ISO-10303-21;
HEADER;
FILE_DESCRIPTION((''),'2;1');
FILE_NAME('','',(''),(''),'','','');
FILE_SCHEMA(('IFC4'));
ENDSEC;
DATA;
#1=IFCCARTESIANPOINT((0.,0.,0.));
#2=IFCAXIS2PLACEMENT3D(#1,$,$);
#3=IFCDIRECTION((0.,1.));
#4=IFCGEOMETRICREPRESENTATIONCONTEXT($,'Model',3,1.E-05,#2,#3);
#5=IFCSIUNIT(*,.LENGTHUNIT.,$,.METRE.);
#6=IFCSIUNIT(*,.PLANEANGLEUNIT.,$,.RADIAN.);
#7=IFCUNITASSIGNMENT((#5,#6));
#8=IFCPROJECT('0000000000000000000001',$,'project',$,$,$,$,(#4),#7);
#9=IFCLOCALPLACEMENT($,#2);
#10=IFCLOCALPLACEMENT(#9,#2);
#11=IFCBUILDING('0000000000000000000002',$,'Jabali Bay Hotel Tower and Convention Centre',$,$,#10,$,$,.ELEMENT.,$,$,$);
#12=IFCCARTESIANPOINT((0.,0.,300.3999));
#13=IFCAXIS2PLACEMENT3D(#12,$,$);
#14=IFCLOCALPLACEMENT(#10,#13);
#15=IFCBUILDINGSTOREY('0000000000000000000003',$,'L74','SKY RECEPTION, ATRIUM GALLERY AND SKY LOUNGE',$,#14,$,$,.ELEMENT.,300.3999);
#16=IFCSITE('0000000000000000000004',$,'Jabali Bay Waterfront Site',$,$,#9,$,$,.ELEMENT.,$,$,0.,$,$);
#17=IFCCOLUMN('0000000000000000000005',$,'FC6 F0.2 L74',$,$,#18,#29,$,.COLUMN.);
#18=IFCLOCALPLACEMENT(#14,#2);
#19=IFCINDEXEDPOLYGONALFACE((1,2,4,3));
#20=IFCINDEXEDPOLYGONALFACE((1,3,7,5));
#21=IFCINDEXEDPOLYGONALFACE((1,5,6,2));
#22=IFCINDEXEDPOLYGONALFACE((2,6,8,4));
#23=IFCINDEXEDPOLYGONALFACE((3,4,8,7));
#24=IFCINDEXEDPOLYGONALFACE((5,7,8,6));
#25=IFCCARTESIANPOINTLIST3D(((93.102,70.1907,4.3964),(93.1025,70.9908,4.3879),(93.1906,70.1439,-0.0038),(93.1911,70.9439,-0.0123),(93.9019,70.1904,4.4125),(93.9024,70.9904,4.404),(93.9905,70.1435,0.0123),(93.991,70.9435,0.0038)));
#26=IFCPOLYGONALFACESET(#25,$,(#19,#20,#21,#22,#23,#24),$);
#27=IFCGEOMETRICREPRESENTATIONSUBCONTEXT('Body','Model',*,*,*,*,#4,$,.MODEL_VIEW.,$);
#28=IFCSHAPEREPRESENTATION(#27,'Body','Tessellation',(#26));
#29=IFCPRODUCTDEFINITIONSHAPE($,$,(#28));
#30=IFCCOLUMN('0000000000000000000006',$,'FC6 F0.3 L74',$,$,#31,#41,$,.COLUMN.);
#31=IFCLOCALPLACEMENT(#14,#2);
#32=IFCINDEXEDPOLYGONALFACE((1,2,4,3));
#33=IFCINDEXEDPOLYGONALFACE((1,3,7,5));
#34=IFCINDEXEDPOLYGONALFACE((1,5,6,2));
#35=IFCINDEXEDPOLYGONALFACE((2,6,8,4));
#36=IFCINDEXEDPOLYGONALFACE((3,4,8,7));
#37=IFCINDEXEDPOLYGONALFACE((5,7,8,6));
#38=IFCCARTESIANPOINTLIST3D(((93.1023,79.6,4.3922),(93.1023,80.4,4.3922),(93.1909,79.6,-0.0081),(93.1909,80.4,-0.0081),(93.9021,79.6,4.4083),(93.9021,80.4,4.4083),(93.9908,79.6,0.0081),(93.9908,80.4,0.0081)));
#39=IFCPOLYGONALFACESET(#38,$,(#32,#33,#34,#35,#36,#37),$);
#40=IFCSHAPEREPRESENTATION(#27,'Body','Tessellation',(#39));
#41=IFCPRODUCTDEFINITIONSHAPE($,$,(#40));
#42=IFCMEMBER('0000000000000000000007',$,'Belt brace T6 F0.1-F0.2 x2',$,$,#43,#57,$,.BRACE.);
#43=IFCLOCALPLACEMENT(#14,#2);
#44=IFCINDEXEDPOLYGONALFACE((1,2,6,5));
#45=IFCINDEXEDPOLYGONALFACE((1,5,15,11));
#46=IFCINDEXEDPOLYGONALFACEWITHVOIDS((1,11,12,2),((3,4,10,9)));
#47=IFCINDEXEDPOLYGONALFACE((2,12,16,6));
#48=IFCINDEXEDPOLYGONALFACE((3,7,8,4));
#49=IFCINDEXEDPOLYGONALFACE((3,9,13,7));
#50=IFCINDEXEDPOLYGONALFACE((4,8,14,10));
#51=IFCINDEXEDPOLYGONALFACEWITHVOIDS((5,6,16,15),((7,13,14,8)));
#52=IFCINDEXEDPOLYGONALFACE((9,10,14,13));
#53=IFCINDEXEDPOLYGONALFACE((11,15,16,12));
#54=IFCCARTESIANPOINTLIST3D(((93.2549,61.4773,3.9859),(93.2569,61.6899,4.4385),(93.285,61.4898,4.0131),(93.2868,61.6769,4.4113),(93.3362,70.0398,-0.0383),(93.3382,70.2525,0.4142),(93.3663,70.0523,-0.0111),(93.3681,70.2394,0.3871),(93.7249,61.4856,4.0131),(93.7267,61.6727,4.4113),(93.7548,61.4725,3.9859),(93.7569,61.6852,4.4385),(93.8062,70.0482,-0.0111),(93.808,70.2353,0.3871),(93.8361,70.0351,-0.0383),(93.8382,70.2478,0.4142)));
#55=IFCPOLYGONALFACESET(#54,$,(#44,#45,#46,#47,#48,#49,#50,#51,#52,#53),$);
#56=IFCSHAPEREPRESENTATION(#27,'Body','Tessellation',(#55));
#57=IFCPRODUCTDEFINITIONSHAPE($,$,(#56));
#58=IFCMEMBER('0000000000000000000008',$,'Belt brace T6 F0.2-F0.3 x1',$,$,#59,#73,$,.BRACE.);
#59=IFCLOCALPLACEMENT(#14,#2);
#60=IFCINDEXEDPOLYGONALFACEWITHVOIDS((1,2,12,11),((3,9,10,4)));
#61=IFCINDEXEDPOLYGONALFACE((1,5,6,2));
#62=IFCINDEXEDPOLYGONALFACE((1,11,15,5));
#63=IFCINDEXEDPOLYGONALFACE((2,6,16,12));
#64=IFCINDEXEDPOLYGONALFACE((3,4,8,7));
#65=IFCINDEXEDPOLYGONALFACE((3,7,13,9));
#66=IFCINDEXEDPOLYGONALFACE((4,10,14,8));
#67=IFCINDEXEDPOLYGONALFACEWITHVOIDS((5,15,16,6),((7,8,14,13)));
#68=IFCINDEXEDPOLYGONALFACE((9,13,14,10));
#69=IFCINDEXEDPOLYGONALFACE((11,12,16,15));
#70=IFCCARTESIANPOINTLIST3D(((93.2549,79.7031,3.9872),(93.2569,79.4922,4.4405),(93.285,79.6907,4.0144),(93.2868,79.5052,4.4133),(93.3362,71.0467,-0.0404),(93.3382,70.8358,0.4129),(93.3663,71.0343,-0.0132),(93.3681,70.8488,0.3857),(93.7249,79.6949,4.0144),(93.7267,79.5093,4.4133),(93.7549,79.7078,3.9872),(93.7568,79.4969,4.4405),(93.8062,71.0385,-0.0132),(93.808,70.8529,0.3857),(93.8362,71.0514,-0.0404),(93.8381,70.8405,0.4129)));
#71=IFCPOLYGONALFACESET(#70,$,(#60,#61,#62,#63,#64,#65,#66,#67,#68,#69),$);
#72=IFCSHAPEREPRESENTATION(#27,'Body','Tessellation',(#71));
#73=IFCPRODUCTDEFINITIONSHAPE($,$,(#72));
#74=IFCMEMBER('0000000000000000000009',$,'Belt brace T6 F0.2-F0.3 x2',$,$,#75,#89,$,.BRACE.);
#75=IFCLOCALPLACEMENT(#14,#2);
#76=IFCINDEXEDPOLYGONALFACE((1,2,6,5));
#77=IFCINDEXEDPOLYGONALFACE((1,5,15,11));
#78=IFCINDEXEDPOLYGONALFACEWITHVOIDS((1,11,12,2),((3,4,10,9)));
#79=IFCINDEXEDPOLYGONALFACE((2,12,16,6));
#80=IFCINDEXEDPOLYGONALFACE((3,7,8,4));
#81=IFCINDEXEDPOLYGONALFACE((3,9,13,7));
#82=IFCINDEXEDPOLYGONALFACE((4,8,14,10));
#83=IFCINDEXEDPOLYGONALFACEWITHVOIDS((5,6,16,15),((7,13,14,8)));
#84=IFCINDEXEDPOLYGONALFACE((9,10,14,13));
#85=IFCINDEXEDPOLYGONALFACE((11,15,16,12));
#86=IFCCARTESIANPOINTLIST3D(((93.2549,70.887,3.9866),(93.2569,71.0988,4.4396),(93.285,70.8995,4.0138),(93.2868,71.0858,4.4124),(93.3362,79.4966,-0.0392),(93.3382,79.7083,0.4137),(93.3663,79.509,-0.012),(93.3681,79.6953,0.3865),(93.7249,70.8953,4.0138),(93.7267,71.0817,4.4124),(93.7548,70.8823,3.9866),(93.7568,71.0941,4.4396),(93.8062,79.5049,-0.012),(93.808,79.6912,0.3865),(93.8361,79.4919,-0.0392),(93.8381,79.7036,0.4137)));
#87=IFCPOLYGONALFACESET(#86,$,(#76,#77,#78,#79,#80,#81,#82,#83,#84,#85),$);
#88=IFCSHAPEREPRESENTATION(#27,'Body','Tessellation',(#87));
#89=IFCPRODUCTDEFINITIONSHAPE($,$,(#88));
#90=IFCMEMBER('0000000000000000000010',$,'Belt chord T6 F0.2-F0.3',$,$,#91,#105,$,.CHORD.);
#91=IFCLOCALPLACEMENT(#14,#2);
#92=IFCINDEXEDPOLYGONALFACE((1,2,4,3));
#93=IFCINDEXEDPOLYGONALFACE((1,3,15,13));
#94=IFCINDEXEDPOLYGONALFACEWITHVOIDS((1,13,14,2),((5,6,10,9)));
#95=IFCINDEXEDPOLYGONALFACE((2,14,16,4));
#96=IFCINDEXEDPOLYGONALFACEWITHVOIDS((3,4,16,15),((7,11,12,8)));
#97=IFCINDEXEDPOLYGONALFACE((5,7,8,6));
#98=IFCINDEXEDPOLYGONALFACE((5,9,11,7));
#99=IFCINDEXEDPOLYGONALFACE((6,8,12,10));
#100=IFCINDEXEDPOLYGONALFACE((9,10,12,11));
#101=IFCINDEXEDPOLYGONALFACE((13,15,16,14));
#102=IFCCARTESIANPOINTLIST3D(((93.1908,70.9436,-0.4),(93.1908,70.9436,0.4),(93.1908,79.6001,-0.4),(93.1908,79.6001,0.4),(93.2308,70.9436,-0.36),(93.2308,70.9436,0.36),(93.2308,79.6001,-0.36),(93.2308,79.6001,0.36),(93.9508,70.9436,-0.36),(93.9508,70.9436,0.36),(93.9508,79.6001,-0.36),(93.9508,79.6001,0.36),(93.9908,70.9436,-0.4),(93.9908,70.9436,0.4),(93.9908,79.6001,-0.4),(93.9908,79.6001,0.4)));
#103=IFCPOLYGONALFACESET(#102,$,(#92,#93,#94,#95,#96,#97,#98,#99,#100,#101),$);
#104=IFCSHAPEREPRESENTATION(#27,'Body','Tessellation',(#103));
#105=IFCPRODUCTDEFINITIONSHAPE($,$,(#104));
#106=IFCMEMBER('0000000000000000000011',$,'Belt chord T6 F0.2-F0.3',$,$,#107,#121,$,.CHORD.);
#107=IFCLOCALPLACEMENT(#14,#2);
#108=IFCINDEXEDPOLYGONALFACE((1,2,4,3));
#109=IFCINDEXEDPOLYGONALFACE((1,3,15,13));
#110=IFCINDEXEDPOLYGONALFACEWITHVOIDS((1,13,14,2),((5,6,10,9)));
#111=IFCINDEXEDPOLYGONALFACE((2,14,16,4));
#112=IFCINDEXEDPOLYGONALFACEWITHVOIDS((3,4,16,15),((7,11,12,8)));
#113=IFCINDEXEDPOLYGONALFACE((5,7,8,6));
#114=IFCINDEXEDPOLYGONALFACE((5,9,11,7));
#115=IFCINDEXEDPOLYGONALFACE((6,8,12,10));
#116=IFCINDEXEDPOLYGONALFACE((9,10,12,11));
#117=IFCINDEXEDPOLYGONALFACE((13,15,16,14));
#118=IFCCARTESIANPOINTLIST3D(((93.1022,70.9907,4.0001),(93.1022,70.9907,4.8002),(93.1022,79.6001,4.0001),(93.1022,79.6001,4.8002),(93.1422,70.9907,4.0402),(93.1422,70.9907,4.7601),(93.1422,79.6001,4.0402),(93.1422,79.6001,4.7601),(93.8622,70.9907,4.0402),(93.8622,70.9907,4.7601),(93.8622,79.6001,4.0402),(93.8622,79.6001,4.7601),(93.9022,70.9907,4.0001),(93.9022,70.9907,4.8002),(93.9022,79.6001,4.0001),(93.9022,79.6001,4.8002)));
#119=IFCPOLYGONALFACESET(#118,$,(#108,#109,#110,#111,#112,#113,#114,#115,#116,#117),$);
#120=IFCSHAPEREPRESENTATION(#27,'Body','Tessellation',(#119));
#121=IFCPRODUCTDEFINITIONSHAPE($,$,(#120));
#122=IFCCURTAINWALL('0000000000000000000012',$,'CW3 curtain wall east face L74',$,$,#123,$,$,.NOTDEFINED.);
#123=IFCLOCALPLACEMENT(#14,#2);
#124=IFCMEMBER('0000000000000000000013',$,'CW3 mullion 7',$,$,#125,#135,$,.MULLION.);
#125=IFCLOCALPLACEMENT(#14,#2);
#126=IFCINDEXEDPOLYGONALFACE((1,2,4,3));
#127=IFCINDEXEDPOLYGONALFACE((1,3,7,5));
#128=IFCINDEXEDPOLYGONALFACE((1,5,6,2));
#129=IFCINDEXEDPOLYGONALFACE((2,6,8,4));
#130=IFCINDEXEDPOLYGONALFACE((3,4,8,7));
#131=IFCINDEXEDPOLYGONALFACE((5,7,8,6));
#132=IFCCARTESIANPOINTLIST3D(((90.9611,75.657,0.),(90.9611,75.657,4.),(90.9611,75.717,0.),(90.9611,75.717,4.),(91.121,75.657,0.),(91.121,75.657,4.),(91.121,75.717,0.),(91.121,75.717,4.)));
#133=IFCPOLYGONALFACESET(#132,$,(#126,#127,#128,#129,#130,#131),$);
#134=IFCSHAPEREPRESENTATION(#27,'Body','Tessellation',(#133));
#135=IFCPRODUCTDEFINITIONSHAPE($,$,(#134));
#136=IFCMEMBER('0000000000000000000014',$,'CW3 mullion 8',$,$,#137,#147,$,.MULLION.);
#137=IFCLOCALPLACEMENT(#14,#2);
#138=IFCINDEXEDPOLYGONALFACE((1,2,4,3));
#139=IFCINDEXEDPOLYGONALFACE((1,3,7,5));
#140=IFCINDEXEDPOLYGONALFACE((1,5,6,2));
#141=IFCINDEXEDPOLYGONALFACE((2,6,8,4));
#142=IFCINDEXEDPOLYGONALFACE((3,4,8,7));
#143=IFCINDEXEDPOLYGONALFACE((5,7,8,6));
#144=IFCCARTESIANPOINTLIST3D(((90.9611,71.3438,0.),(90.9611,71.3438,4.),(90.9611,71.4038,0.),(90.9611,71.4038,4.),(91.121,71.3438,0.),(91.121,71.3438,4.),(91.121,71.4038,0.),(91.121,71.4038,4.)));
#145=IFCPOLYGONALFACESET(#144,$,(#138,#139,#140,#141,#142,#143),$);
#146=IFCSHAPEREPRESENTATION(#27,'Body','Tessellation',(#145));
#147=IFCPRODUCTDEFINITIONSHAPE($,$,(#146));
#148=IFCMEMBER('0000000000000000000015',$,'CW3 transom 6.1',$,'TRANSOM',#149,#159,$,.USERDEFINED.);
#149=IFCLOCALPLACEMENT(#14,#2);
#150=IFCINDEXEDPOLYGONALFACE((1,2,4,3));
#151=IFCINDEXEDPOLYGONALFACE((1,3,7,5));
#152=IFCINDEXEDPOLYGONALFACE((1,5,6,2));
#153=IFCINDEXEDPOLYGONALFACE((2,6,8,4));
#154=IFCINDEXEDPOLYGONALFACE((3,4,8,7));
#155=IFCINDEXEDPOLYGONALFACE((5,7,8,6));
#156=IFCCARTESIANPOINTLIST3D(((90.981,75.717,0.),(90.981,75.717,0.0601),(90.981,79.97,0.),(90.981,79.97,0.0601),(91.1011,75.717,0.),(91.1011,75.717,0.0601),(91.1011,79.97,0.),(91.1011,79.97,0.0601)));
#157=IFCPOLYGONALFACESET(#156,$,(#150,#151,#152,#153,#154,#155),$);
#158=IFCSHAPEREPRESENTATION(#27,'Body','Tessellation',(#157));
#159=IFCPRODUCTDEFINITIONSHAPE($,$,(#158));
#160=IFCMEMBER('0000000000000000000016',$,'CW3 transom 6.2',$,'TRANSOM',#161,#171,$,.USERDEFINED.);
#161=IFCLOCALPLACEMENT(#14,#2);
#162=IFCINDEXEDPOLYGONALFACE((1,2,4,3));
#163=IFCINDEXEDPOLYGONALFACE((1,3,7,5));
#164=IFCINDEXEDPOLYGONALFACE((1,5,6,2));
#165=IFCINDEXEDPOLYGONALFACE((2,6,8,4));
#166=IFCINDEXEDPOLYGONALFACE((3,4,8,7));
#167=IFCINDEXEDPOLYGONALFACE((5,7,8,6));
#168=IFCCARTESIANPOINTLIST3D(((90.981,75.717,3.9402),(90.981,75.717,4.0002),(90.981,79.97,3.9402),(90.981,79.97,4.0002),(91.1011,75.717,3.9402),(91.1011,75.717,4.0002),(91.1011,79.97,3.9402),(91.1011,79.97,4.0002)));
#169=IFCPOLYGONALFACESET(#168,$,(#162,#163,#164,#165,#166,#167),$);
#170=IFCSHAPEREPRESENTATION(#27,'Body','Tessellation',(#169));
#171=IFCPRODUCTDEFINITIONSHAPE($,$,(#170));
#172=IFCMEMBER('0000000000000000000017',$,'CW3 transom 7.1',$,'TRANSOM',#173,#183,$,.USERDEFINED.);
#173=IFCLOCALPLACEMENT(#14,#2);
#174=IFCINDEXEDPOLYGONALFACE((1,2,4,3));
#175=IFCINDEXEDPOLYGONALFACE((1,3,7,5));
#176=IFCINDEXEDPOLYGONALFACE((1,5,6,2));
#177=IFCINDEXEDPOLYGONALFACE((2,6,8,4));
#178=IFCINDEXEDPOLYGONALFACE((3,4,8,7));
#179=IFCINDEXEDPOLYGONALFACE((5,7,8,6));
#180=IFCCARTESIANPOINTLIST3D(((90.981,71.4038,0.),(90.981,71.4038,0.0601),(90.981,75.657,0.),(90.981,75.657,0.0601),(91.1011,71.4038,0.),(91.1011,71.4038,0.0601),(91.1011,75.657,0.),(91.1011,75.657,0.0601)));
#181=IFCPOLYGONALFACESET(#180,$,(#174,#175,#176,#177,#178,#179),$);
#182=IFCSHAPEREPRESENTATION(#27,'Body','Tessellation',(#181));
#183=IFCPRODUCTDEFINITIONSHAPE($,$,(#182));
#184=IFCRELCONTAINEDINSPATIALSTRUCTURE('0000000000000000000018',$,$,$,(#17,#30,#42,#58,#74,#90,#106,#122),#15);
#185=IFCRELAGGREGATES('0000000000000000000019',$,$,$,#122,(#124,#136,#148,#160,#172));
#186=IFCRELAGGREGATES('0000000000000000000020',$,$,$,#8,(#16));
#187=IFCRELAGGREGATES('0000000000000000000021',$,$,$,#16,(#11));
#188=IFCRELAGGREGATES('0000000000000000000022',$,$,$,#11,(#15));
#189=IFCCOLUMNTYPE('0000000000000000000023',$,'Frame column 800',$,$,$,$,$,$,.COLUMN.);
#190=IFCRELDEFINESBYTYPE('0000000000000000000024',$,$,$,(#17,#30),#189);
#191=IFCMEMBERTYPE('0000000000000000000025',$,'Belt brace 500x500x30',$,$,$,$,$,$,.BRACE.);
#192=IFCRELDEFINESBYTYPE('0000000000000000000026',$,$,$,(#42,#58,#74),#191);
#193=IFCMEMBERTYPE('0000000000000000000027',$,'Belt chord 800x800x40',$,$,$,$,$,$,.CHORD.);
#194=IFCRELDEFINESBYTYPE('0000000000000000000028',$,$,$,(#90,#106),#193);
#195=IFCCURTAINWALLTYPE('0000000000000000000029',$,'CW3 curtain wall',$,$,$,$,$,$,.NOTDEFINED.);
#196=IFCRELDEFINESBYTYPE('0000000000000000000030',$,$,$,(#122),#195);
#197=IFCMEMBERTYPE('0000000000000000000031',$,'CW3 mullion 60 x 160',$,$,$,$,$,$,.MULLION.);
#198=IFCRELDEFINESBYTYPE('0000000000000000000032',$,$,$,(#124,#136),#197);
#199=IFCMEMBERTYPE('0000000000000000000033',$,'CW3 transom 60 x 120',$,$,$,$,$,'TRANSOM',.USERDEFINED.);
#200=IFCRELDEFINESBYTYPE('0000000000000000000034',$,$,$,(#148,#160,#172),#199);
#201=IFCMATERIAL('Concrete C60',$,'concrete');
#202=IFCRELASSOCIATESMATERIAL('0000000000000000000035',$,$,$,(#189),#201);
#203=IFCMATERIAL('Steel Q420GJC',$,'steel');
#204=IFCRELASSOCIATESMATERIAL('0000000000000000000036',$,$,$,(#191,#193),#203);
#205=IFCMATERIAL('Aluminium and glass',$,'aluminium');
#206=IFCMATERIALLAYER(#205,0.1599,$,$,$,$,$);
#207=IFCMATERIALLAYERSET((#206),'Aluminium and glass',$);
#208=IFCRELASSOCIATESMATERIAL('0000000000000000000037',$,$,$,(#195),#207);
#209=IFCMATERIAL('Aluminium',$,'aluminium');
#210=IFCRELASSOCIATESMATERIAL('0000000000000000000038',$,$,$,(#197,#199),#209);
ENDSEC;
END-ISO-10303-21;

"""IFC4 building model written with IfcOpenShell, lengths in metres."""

from ifc_helpers import new_model, si_unit, direction, frame, origin, origin_2d, place, context, subcontext, project, spatial, rectangle, hollow_rectangle, extrude, material, layer, layer_set, material_profile, profile_set, type_object, element, aggregate, save


model = new_model("IFC4")

# Units and contexts
model_context = context("Model", 3, precision=1e-05, world=origin(), true_north=direction((0.0, 1.0)))
body_context = subcontext(model_context, "Body", "Model", "MODEL_VIEW")
ifc_project = project(units=[si_unit("LENGTHUNIT", "METRE"), si_unit("PLANEANGLEUNIT", "RADIAN")], contexts=[model_context])

# Site, building, storey
site_placement = place(None, origin())
site = spatial("IfcSite", under=ifc_project, at=site_placement, Name="Jabali Bay Waterfront Site", CompositionType="ELEMENT", RefElevation=0.0)
building_placement = place(site_placement, origin())
building = spatial("IfcBuilding", under=site, at=building_placement, Name="Jabali Bay Hotel Tower and Convention Centre", CompositionType="ELEMENT")
storey_placement = place(building_placement, frame((0.0, 0.0, 300.3999)))
storey = spatial("IfcBuildingStorey", under=building, at=storey_placement, Name="L74", Description="SKY RECEPTION, ATRIUM GALLERY AND SKY LOUNGE", CompositionType="ELEMENT", Elevation=300.3999)

# Columns
ifc_material_1 = material(Name="Concrete C60", Category="concrete")
ifc_material_profile_1 = material_profile(ifc_material_1, rectangle(XDim=0.8, YDim=0.8, at=origin_2d()), Name="Frame column 800")
ifc_profile_set_1 = profile_set([ifc_material_profile_1], Name="Concrete C60")
column_type = type_object("IfcColumnType", Name="Frame column 800", PredefinedType="COLUMN", material=ifc_profile_set_1)
column_1_placement = place(storey_placement, frame((93.5908, 70.5437, 0.0), z_axis=(-0.020136, 0.01065, 0.999741), x_axis=(-0.000648, -0.999943, 0.010639)))
element("IfcColumn", 1, at=column_1_placement, inside=storey, type_object=column_type, Name="FC6 F0.2 L74", PredefinedType="COLUMN", context=body_context, shape_type="SweptSolid", body=[
    extrude(rectangle(XDim=0.8, YDim=0.8, at=origin_2d()), origin(), (0.0, 0.0, 1.0), 4.4014),
])
column_2_placement = place(storey_placement, frame((93.5908, 80.0, 0.0), z_axis=(-0.020137, 0.0, 0.999797), x_axis=(0.0, -1.0, 0.0)))
element("IfcColumn", 2, at=column_2_placement, inside=storey, type_object=column_type, Name="FC6 F0.3 L74", PredefinedType="COLUMN", context=body_context, shape_type="SweptSolid", body=[
    extrude(rectangle(XDim=0.8, YDim=0.8, at=origin_2d()), origin(), (0.0, 0.0, 1.0), 4.4011),
])

# Members
ifc_material_2 = material(Name="Steel Q420GJC", Category="steel")
ifc_material_profile_2 = material_profile(ifc_material_2, hollow_rectangle(XDim=0.5, YDim=0.5, WallThickness=0.03, at=origin_2d()), Name="Belt brace 500x500x30")
ifc_profile_set_2 = profile_set([ifc_material_profile_2], Name="Steel Q420GJC")
member_type_1 = type_object("IfcMemberType", Name="Belt brace 500x500x30", PredefinedType="BRACE", material=ifc_profile_set_2)
member_1_placement = place(storey_placement, frame((93.5872, 70.1438, 0.188), z_axis=(-0.008593, -0.904999, 0.425328), x_axis=(0.999955, -0.009494, 0.0)))
element("IfcMember", 3, at=member_1_placement, inside=storey, type_object=member_type_1, Name="Belt brace T6 F0.1-F0.2 x2", PredefinedType="BRACE", context=body_context, shape_type="SweptSolid", body=[
    extrude(hollow_rectangle(XDim=0.5, YDim=0.5, WallThickness=0.03, at=origin_2d()), origin(), (0.0, 0.0, 1.0), 9.4614),
])
member_2_placement = place(storey_placement, frame((93.5872, 70.9436, 0.1863), z_axis=(-0.008515, 0.906636, 0.421828), x_axis=(-0.999956, -0.009391, 0.0)))
element("IfcMember", 4, at=member_2_placement, inside=storey, type_object=member_type_1, Name="Belt brace T6 F0.2-F0.3 x1", PredefinedType="BRACE", context=body_context, shape_type="SweptSolid", body=[
    extrude(hollow_rectangle(XDim=0.5, YDim=0.5, WallThickness=0.03, at=origin_2d()), origin(), (0.0, 0.0, 1.0), 9.5479),
])
member_3_placement = place(storey_placement, frame((93.5872, 79.6001, 0.1873), z_axis=(-0.008554, -0.905825, 0.423566), x_axis=(0.999955, -0.009442, 0.0)))
element("IfcMember", 5, at=member_3_placement, inside=storey, type_object=member_type_1, Name="Belt brace T6 F0.2-F0.3 x2", PredefinedType="BRACE", context=body_context, shape_type="SweptSolid", body=[
    extrude(hollow_rectangle(XDim=0.5, YDim=0.5, WallThickness=0.03, at=origin_2d()), origin(), (0.0, 0.0, 1.0), 9.5046),
])
ifc_material_profile_3 = material_profile(ifc_material_2, hollow_rectangle(XDim=0.8, YDim=0.8, WallThickness=0.04, at=origin_2d()), Name="Belt chord 800x800x40")
ifc_profile_set_3 = profile_set([ifc_material_profile_3], Name="Steel Q420GJC")
member_type_2 = type_object("IfcMemberType", Name="Belt chord 800x800x40", PredefinedType="CHORD", material=ifc_profile_set_3)
member_4_placement = place(storey_placement, frame((93.5908, 70.9436, 0.0), z_axis=(0.0, 1.0, 0.0), x_axis=(-1.0, 0.0, 0.0)))
element("IfcMember", 6, at=member_4_placement, inside=storey, type_object=member_type_2, Name="Belt chord T6 F0.2-F0.3", PredefinedType="CHORD", context=body_context, shape_type="SweptSolid", body=[
    extrude(hollow_rectangle(XDim=0.8, YDim=0.8, WallThickness=0.04, at=origin_2d()), origin(), (0.0, 0.0, 1.0), 8.6565),
])
member_5_placement = place(storey_placement, frame((93.5022, 70.9907, 4.4001), z_axis=(0.0, 1.0, 0.0), x_axis=(-1.0, 0.0, 0.0)))
element("IfcMember", 7, at=member_5_placement, inside=storey, type_object=member_type_2, Name="Belt chord T6 F0.2-F0.3", PredefinedType="CHORD", context=body_context, shape_type="SweptSolid", body=[
    extrude(hollow_rectangle(XDim=0.8, YDim=0.8, WallThickness=0.04, at=origin_2d()), origin(), (0.0, 0.0, 1.0), 8.6094),
])

# Curtain wall, members
ifc_material_3 = material(Name="Aluminium and glass", Category="aluminium")
ifc_layer_1 = layer(ifc_material_3, 0.1599)
ifc_layer_set_1 = layer_set([ifc_layer_1], Name="Aluminium and glass")
curtain_wall_type = type_object("IfcCurtainWallType", Name="CW3 curtain wall", PredefinedType="NOTDEFINED", material=ifc_layer_set_1)
curtain_wall_placement = place(storey_placement, origin())
curtain_wall = element("IfcCurtainWall", 8, at=curtain_wall_placement, inside=storey, type_object=curtain_wall_type, Name="CW3 curtain wall east face L74", PredefinedType="NOTDEFINED")
ifc_material_4 = material(Name="Aluminium", Category="aluminium")
ifc_material_profile_4 = material_profile(ifc_material_4, rectangle(XDim=0.1599, YDim=0.0601, at=origin_2d()), Name="CW3 mullion 60 x 160")
ifc_profile_set_4 = profile_set([ifc_material_profile_4], Name="Aluminium")
member_type_3 = type_object("IfcMemberType", Name="CW3 mullion 60 x 160", PredefinedType="MULLION", material=ifc_profile_set_4)
member_6_placement = place(storey_placement, frame((91.041, 75.687, 0.0), z_axis=(0.0, 0.0, 1.0), x_axis=(1.0, 0.0, 0.0)))
member_6 = element("IfcMember", 9, at=member_6_placement, type_object=member_type_3, Name="CW3 mullion 7", PredefinedType="MULLION", context=body_context, shape_type="SweptSolid", body=[
    extrude(rectangle(XDim=0.1599, YDim=0.0601, at=origin_2d()), origin(), (0.0, 0.0, 1.0), 4.0),
])
member_7_placement = place(storey_placement, frame((91.041, 71.3738, 0.0), z_axis=(0.0, 0.0, 1.0), x_axis=(1.0, 0.0, 0.0)))
member_7 = element("IfcMember", 10, at=member_7_placement, type_object=member_type_3, Name="CW3 mullion 8", PredefinedType="MULLION", context=body_context, shape_type="SweptSolid", body=[
    extrude(rectangle(XDim=0.1599, YDim=0.0601, at=origin_2d()), origin(), (0.0, 0.0, 1.0), 4.0),
])
ifc_material_profile_5 = material_profile(ifc_material_4, rectangle(XDim=0.1201, YDim=0.0601, at=origin_2d()), Name="CW3 transom 60 x 120")
ifc_profile_set_5 = profile_set([ifc_material_profile_5], Name="Aluminium")
member_type_4 = type_object("IfcMemberType", Name="CW3 transom 60 x 120", ElementType="TRANSOM", PredefinedType="USERDEFINED", material=ifc_profile_set_5)
member_8_placement = place(storey_placement, frame((91.041, 79.97, 0.03), z_axis=(0.0, -1.0, 0.0), x_axis=(1.0, 0.0, 0.0)))
member_8 = element("IfcMember", 11, at=member_8_placement, type_object=member_type_4, Name="CW3 transom 6.1", ObjectType="TRANSOM", PredefinedType="USERDEFINED", context=body_context, shape_type="SweptSolid", body=[
    extrude(rectangle(XDim=0.1201, YDim=0.0601, at=origin_2d()), origin(), (0.0, 0.0, 1.0), 4.2529),
])
member_9_placement = place(storey_placement, frame((91.041, 79.97, 3.9702), z_axis=(0.0, -1.0, 0.0), x_axis=(1.0, 0.0, 0.0)))
member_9 = element("IfcMember", 12, at=member_9_placement, type_object=member_type_4, Name="CW3 transom 6.2", ObjectType="TRANSOM", PredefinedType="USERDEFINED", context=body_context, shape_type="SweptSolid", body=[
    extrude(rectangle(XDim=0.1201, YDim=0.0601, at=origin_2d()), origin(), (0.0, 0.0, 1.0), 4.2529),
])
member_10_placement = place(storey_placement, frame((91.041, 75.657, 0.03), z_axis=(0.0, -1.0, 0.0), x_axis=(1.0, 0.0, 0.0)))
member_10 = element("IfcMember", 13, at=member_10_placement, type_object=member_type_4, Name="CW3 transom 7.1", ObjectType="TRANSOM", PredefinedType="USERDEFINED", context=body_context, shape_type="SweptSolid", body=[
    extrude(rectangle(XDim=0.1201, YDim=0.0601, at=origin_2d()), origin(), (0.0, 0.0, 1.0), 4.2532),
])
aggregate(curtain_wall, [member_6, member_7, member_8, member_9, member_10])

save(model, "model.ifc")
